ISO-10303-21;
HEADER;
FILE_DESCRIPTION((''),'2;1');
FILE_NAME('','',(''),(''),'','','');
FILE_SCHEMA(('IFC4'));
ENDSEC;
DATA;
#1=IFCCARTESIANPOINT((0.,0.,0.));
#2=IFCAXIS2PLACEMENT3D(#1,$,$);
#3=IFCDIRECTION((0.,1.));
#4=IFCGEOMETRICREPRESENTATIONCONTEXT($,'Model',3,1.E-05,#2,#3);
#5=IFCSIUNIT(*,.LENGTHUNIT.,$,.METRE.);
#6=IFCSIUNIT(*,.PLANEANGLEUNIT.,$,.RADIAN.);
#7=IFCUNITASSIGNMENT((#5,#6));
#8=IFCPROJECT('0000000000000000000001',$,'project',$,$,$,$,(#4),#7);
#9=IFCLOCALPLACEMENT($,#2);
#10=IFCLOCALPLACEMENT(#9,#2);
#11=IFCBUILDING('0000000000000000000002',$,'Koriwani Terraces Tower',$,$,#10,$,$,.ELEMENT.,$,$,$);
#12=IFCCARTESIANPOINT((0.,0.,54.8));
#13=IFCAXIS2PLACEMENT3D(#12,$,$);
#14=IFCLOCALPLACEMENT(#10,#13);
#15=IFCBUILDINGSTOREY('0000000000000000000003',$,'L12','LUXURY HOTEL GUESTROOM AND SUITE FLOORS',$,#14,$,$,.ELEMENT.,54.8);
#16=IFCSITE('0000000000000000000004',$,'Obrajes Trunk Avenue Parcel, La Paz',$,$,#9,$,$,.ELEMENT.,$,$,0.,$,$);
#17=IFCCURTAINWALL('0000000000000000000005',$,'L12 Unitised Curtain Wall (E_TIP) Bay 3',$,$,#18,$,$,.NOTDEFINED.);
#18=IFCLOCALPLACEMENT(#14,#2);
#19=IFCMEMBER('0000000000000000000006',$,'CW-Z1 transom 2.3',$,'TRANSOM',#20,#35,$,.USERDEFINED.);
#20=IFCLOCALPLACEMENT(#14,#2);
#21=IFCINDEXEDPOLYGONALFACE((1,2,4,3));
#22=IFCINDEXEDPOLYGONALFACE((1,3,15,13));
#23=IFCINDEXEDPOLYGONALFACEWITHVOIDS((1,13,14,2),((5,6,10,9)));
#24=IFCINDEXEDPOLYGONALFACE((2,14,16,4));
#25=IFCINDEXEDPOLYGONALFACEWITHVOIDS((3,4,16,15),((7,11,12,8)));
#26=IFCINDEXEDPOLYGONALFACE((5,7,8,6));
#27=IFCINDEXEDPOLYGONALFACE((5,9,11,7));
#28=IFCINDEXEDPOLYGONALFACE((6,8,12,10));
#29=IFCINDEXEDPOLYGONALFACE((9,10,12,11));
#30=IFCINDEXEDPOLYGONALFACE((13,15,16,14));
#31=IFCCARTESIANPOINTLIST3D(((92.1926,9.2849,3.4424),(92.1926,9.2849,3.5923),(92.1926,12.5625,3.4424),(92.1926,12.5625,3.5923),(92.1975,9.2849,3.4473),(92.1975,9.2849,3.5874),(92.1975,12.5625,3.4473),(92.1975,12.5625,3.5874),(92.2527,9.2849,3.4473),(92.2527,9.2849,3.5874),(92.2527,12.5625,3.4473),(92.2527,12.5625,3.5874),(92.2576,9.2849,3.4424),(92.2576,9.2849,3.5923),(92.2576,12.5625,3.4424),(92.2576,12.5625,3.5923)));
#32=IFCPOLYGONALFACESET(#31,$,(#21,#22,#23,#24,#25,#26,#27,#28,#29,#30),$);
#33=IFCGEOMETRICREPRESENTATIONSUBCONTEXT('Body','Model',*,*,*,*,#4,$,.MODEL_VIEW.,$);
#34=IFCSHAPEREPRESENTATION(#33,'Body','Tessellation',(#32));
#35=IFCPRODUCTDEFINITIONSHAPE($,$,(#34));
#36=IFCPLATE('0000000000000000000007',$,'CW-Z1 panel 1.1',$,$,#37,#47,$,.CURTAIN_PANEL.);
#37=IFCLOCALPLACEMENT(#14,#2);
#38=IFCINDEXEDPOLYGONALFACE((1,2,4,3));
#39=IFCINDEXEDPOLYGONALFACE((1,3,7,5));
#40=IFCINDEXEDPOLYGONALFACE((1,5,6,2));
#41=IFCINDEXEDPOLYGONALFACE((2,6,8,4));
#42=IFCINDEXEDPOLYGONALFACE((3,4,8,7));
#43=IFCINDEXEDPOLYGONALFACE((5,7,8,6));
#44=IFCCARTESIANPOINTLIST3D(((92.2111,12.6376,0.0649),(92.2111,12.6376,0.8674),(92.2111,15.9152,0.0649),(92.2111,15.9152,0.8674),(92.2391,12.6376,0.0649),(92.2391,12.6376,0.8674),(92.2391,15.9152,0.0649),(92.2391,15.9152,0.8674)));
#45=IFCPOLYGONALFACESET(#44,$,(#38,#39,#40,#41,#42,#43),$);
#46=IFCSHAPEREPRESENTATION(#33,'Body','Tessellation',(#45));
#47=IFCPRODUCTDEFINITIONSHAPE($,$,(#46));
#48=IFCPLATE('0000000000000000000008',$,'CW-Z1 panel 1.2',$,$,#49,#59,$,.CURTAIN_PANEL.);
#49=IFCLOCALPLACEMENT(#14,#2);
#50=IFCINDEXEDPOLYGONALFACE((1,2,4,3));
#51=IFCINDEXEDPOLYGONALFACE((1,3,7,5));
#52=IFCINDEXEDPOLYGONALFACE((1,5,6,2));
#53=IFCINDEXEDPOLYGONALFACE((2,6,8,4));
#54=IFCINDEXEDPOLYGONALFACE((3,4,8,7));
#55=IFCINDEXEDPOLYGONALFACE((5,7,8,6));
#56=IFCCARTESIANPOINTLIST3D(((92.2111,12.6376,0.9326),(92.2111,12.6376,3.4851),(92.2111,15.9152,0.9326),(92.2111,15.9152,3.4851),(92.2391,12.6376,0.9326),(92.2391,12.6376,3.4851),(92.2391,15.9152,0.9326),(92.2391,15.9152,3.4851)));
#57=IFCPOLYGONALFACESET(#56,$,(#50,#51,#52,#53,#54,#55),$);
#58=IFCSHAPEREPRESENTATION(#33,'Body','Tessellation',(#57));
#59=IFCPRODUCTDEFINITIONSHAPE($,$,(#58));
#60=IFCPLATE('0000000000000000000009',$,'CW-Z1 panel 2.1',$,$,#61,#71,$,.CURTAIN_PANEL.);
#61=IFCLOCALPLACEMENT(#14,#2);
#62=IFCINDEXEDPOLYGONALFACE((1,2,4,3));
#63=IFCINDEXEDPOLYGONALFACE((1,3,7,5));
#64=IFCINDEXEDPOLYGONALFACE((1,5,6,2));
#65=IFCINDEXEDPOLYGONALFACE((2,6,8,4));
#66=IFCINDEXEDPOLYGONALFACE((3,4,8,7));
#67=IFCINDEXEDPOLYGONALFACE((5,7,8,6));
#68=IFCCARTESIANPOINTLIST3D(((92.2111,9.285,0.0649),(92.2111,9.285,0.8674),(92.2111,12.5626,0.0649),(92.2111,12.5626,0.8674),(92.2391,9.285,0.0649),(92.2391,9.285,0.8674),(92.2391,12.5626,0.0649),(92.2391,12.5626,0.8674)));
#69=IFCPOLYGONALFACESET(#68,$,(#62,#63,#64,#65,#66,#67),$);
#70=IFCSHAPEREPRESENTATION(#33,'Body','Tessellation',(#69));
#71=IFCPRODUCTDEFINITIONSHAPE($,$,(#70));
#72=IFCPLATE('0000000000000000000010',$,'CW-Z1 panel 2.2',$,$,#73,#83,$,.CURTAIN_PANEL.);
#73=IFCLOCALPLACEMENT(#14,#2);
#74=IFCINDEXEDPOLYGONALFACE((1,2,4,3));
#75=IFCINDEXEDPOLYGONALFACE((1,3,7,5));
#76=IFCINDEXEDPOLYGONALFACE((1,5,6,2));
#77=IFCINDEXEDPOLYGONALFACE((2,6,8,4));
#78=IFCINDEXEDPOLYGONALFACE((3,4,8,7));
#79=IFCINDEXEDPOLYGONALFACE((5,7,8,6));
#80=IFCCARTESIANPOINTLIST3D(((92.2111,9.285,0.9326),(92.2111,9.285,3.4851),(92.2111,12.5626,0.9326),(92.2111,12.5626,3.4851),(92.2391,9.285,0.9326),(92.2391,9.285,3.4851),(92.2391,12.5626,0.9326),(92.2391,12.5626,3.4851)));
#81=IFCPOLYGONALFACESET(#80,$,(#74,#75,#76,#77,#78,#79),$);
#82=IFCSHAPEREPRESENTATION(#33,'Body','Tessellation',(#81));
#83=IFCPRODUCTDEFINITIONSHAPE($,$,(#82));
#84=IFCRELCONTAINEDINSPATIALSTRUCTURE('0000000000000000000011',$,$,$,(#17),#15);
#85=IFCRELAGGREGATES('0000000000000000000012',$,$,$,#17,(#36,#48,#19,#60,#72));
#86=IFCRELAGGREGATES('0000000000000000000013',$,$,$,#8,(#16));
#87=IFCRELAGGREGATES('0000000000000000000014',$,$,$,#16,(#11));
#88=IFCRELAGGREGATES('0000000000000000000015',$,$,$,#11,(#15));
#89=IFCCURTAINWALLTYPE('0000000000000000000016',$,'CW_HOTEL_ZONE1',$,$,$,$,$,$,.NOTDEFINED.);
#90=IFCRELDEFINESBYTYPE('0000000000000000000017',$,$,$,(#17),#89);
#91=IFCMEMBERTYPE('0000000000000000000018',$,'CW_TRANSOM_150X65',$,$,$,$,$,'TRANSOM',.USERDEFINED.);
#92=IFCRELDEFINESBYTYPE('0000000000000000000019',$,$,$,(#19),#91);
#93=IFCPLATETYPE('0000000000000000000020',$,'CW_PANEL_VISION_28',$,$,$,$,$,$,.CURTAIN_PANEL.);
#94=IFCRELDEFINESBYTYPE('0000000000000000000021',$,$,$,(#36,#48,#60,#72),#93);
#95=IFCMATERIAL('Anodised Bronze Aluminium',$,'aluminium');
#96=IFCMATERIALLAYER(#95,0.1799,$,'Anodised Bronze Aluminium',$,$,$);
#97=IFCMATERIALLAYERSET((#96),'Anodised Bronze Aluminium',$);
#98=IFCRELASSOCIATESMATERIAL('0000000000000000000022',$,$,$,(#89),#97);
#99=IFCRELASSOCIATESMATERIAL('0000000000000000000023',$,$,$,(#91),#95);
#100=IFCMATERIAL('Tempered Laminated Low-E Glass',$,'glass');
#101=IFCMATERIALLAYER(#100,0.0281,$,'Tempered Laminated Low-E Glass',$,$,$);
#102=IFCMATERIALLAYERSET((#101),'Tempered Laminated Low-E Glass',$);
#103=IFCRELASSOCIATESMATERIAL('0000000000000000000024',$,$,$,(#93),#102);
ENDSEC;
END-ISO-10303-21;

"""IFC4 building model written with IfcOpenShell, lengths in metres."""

from ifc_helpers import new_model, si_unit, direction, frame, origin, origin_2d, place, context, subcontext, project, spatial, rectangle, hollow_rectangle, extrude, material, layer, layer_set, material_profile, profile_set, type_object, element, aggregate, save


model = new_model("IFC4")

# Units and contexts
model_context = context("Model", 3, precision=1e-05, world=origin(), true_north=direction((0.0, 1.0)))
body_context = subcontext(model_context, "Body", "Model", "MODEL_VIEW")
ifc_project = project(units=[si_unit("LENGTHUNIT", "METRE"), si_unit("PLANEANGLEUNIT", "RADIAN")], contexts=[model_context])

# Site, building, storey
site_placement = place(None, origin())
site = spatial("IfcSite", under=ifc_project, at=site_placement, Name="Obrajes Trunk Avenue Parcel, La Paz", CompositionType="ELEMENT", RefElevation=0.0)
building_placement = place(site_placement, origin())
building = spatial("IfcBuilding", under=site, at=building_placement, Name="Koriwani Terraces Tower", CompositionType="ELEMENT")
storey_placement = place(building_placement, frame((0.0, 0.0, 54.8)))
storey = spatial("IfcBuildingStorey", under=building, at=storey_placement, Name="L12", Description="LUXURY HOTEL GUESTROOM AND SUITE FLOORS", CompositionType="ELEMENT", Elevation=54.8)

# Curtain wall
ifc_material_1 = material(Name="Anodised Bronze Aluminium", Category="aluminium")
ifc_layer_1 = layer(ifc_material_1, 0.1799, Name="Anodised Bronze Aluminium")
ifc_layer_set_1 = layer_set([ifc_layer_1], Name="Anodised Bronze Aluminium")
curtain_wall_type = type_object("IfcCurtainWallType", Name="CW_HOTEL_ZONE1", PredefinedType="NOTDEFINED", material=ifc_layer_set_1)
curtain_wall_1_placement = place(storey_placement, origin())
curtain_wall_1 = element("IfcCurtainWall", 1, at=curtain_wall_1_placement, inside=storey, type_object=curtain_wall_type, Name="L12 Unitised Curtain Wall (E_TIP) Bay 3", PredefinedType="NOTDEFINED")

# Member
ifc_material_profile_1 = material_profile(ifc_material_1, hollow_rectangle(XDim=0.0649, YDim=0.1499, WallThickness=0.0049, at=origin_2d()), Name="Anodised Bronze Aluminium", Category="LoadBearing")
ifc_profile_set_1 = profile_set([ifc_material_profile_1], Name="Anodised Bronze Aluminium")
member_type_1 = type_object("IfcMemberType", Name="CW_TRANSOM_150X65", ElementType="TRANSOM", PredefinedType="USERDEFINED", material=ifc_profile_set_1)
member_1_placement = place(storey_placement, frame((92.2251, 12.5625, 3.5173), z_axis=(0.0, -1.0, 0.0), x_axis=(1.0, 0.0, 0.0)))
member_1 = element("IfcMember", 2, at=member_1_placement, type_object=member_type_1, Name="CW-Z1 transom 2.3", ObjectType="TRANSOM", PredefinedType="USERDEFINED", context=body_context, shape_type="SweptSolid", body=[
    extrude(hollow_rectangle(XDim=0.0649, YDim=0.1499, WallThickness=0.0049, at=origin_2d()), origin(), (0.0, 0.0, 1.0), 3.2776),
])

# Plates
ifc_material_2 = material(Name="Tempered Laminated Low-E Glass", Category="glass")
ifc_layer_2 = layer(ifc_material_2, 0.0281, Name="Tempered Laminated Low-E Glass")
ifc_layer_set_2 = layer_set([ifc_layer_2], Name="Tempered Laminated Low-E Glass")
plate_type = type_object("IfcPlateType", Name="CW_PANEL_VISION_28", PredefinedType="CURTAIN_PANEL", material=ifc_layer_set_2)
plate_1_placement = place(storey_placement, frame((92.2251, 14.2764, 0.0649), z_axis=(0.0, 0.0, 1.0), x_axis=(0.0, -1.0, 0.0)))
plate_1 = element("IfcPlate", 3, at=plate_1_placement, type_object=plate_type, Name="CW-Z1 panel 1.1", PredefinedType="CURTAIN_PANEL", context=body_context, shape_type="SweptSolid", body=[
    extrude(rectangle(XDim=3.2776, YDim=0.0281, at=origin_2d()), origin(), (0.0, 0.0, 1.0), 0.8025),
])
plate_2_placement = place(storey_placement, frame((92.2251, 14.2764, 0.9326), z_axis=(0.0, 0.0, 1.0), x_axis=(0.0, -1.0, 0.0)))
plate_2 = element("IfcPlate", 4, at=plate_2_placement, type_object=plate_type, Name="CW-Z1 panel 1.2", PredefinedType="CURTAIN_PANEL", context=body_context, shape_type="SweptSolid", body=[
    extrude(rectangle(XDim=3.2776, YDim=0.0281, at=origin_2d()), origin(), (0.0, 0.0, 1.0), 2.5525),
])
plate_3_placement = place(storey_placement, frame((92.2251, 10.9238, 0.0649), z_axis=(0.0, 0.0, 1.0), x_axis=(0.0, -1.0, 0.0)))
plate_3 = element("IfcPlate", 5, at=plate_3_placement, type_object=plate_type, Name="CW-Z1 panel 2.1", PredefinedType="CURTAIN_PANEL", context=body_context, shape_type="SweptSolid", body=[
    extrude(rectangle(XDim=3.2776, YDim=0.0281, at=origin_2d()), origin(), (0.0, 0.0, 1.0), 0.8025),
])
plate_4_placement = place(storey_placement, frame((92.2251, 10.9238, 0.9326), z_axis=(0.0, 0.0, 1.0), x_axis=(0.0, -1.0, 0.0)))
plate_4 = element("IfcPlate", 6, at=plate_4_placement, type_object=plate_type, Name="CW-Z1 panel 2.2", PredefinedType="CURTAIN_PANEL", context=body_context, shape_type="SweptSolid", body=[
    extrude(rectangle(XDim=3.2776, YDim=0.0281, at=origin_2d()), origin(), (0.0, 0.0, 1.0), 2.5525),
])
aggregate(curtain_wall_1, [plate_1, plate_2, member_1, plate_3, plate_4])

save(model, "model.ifc")
